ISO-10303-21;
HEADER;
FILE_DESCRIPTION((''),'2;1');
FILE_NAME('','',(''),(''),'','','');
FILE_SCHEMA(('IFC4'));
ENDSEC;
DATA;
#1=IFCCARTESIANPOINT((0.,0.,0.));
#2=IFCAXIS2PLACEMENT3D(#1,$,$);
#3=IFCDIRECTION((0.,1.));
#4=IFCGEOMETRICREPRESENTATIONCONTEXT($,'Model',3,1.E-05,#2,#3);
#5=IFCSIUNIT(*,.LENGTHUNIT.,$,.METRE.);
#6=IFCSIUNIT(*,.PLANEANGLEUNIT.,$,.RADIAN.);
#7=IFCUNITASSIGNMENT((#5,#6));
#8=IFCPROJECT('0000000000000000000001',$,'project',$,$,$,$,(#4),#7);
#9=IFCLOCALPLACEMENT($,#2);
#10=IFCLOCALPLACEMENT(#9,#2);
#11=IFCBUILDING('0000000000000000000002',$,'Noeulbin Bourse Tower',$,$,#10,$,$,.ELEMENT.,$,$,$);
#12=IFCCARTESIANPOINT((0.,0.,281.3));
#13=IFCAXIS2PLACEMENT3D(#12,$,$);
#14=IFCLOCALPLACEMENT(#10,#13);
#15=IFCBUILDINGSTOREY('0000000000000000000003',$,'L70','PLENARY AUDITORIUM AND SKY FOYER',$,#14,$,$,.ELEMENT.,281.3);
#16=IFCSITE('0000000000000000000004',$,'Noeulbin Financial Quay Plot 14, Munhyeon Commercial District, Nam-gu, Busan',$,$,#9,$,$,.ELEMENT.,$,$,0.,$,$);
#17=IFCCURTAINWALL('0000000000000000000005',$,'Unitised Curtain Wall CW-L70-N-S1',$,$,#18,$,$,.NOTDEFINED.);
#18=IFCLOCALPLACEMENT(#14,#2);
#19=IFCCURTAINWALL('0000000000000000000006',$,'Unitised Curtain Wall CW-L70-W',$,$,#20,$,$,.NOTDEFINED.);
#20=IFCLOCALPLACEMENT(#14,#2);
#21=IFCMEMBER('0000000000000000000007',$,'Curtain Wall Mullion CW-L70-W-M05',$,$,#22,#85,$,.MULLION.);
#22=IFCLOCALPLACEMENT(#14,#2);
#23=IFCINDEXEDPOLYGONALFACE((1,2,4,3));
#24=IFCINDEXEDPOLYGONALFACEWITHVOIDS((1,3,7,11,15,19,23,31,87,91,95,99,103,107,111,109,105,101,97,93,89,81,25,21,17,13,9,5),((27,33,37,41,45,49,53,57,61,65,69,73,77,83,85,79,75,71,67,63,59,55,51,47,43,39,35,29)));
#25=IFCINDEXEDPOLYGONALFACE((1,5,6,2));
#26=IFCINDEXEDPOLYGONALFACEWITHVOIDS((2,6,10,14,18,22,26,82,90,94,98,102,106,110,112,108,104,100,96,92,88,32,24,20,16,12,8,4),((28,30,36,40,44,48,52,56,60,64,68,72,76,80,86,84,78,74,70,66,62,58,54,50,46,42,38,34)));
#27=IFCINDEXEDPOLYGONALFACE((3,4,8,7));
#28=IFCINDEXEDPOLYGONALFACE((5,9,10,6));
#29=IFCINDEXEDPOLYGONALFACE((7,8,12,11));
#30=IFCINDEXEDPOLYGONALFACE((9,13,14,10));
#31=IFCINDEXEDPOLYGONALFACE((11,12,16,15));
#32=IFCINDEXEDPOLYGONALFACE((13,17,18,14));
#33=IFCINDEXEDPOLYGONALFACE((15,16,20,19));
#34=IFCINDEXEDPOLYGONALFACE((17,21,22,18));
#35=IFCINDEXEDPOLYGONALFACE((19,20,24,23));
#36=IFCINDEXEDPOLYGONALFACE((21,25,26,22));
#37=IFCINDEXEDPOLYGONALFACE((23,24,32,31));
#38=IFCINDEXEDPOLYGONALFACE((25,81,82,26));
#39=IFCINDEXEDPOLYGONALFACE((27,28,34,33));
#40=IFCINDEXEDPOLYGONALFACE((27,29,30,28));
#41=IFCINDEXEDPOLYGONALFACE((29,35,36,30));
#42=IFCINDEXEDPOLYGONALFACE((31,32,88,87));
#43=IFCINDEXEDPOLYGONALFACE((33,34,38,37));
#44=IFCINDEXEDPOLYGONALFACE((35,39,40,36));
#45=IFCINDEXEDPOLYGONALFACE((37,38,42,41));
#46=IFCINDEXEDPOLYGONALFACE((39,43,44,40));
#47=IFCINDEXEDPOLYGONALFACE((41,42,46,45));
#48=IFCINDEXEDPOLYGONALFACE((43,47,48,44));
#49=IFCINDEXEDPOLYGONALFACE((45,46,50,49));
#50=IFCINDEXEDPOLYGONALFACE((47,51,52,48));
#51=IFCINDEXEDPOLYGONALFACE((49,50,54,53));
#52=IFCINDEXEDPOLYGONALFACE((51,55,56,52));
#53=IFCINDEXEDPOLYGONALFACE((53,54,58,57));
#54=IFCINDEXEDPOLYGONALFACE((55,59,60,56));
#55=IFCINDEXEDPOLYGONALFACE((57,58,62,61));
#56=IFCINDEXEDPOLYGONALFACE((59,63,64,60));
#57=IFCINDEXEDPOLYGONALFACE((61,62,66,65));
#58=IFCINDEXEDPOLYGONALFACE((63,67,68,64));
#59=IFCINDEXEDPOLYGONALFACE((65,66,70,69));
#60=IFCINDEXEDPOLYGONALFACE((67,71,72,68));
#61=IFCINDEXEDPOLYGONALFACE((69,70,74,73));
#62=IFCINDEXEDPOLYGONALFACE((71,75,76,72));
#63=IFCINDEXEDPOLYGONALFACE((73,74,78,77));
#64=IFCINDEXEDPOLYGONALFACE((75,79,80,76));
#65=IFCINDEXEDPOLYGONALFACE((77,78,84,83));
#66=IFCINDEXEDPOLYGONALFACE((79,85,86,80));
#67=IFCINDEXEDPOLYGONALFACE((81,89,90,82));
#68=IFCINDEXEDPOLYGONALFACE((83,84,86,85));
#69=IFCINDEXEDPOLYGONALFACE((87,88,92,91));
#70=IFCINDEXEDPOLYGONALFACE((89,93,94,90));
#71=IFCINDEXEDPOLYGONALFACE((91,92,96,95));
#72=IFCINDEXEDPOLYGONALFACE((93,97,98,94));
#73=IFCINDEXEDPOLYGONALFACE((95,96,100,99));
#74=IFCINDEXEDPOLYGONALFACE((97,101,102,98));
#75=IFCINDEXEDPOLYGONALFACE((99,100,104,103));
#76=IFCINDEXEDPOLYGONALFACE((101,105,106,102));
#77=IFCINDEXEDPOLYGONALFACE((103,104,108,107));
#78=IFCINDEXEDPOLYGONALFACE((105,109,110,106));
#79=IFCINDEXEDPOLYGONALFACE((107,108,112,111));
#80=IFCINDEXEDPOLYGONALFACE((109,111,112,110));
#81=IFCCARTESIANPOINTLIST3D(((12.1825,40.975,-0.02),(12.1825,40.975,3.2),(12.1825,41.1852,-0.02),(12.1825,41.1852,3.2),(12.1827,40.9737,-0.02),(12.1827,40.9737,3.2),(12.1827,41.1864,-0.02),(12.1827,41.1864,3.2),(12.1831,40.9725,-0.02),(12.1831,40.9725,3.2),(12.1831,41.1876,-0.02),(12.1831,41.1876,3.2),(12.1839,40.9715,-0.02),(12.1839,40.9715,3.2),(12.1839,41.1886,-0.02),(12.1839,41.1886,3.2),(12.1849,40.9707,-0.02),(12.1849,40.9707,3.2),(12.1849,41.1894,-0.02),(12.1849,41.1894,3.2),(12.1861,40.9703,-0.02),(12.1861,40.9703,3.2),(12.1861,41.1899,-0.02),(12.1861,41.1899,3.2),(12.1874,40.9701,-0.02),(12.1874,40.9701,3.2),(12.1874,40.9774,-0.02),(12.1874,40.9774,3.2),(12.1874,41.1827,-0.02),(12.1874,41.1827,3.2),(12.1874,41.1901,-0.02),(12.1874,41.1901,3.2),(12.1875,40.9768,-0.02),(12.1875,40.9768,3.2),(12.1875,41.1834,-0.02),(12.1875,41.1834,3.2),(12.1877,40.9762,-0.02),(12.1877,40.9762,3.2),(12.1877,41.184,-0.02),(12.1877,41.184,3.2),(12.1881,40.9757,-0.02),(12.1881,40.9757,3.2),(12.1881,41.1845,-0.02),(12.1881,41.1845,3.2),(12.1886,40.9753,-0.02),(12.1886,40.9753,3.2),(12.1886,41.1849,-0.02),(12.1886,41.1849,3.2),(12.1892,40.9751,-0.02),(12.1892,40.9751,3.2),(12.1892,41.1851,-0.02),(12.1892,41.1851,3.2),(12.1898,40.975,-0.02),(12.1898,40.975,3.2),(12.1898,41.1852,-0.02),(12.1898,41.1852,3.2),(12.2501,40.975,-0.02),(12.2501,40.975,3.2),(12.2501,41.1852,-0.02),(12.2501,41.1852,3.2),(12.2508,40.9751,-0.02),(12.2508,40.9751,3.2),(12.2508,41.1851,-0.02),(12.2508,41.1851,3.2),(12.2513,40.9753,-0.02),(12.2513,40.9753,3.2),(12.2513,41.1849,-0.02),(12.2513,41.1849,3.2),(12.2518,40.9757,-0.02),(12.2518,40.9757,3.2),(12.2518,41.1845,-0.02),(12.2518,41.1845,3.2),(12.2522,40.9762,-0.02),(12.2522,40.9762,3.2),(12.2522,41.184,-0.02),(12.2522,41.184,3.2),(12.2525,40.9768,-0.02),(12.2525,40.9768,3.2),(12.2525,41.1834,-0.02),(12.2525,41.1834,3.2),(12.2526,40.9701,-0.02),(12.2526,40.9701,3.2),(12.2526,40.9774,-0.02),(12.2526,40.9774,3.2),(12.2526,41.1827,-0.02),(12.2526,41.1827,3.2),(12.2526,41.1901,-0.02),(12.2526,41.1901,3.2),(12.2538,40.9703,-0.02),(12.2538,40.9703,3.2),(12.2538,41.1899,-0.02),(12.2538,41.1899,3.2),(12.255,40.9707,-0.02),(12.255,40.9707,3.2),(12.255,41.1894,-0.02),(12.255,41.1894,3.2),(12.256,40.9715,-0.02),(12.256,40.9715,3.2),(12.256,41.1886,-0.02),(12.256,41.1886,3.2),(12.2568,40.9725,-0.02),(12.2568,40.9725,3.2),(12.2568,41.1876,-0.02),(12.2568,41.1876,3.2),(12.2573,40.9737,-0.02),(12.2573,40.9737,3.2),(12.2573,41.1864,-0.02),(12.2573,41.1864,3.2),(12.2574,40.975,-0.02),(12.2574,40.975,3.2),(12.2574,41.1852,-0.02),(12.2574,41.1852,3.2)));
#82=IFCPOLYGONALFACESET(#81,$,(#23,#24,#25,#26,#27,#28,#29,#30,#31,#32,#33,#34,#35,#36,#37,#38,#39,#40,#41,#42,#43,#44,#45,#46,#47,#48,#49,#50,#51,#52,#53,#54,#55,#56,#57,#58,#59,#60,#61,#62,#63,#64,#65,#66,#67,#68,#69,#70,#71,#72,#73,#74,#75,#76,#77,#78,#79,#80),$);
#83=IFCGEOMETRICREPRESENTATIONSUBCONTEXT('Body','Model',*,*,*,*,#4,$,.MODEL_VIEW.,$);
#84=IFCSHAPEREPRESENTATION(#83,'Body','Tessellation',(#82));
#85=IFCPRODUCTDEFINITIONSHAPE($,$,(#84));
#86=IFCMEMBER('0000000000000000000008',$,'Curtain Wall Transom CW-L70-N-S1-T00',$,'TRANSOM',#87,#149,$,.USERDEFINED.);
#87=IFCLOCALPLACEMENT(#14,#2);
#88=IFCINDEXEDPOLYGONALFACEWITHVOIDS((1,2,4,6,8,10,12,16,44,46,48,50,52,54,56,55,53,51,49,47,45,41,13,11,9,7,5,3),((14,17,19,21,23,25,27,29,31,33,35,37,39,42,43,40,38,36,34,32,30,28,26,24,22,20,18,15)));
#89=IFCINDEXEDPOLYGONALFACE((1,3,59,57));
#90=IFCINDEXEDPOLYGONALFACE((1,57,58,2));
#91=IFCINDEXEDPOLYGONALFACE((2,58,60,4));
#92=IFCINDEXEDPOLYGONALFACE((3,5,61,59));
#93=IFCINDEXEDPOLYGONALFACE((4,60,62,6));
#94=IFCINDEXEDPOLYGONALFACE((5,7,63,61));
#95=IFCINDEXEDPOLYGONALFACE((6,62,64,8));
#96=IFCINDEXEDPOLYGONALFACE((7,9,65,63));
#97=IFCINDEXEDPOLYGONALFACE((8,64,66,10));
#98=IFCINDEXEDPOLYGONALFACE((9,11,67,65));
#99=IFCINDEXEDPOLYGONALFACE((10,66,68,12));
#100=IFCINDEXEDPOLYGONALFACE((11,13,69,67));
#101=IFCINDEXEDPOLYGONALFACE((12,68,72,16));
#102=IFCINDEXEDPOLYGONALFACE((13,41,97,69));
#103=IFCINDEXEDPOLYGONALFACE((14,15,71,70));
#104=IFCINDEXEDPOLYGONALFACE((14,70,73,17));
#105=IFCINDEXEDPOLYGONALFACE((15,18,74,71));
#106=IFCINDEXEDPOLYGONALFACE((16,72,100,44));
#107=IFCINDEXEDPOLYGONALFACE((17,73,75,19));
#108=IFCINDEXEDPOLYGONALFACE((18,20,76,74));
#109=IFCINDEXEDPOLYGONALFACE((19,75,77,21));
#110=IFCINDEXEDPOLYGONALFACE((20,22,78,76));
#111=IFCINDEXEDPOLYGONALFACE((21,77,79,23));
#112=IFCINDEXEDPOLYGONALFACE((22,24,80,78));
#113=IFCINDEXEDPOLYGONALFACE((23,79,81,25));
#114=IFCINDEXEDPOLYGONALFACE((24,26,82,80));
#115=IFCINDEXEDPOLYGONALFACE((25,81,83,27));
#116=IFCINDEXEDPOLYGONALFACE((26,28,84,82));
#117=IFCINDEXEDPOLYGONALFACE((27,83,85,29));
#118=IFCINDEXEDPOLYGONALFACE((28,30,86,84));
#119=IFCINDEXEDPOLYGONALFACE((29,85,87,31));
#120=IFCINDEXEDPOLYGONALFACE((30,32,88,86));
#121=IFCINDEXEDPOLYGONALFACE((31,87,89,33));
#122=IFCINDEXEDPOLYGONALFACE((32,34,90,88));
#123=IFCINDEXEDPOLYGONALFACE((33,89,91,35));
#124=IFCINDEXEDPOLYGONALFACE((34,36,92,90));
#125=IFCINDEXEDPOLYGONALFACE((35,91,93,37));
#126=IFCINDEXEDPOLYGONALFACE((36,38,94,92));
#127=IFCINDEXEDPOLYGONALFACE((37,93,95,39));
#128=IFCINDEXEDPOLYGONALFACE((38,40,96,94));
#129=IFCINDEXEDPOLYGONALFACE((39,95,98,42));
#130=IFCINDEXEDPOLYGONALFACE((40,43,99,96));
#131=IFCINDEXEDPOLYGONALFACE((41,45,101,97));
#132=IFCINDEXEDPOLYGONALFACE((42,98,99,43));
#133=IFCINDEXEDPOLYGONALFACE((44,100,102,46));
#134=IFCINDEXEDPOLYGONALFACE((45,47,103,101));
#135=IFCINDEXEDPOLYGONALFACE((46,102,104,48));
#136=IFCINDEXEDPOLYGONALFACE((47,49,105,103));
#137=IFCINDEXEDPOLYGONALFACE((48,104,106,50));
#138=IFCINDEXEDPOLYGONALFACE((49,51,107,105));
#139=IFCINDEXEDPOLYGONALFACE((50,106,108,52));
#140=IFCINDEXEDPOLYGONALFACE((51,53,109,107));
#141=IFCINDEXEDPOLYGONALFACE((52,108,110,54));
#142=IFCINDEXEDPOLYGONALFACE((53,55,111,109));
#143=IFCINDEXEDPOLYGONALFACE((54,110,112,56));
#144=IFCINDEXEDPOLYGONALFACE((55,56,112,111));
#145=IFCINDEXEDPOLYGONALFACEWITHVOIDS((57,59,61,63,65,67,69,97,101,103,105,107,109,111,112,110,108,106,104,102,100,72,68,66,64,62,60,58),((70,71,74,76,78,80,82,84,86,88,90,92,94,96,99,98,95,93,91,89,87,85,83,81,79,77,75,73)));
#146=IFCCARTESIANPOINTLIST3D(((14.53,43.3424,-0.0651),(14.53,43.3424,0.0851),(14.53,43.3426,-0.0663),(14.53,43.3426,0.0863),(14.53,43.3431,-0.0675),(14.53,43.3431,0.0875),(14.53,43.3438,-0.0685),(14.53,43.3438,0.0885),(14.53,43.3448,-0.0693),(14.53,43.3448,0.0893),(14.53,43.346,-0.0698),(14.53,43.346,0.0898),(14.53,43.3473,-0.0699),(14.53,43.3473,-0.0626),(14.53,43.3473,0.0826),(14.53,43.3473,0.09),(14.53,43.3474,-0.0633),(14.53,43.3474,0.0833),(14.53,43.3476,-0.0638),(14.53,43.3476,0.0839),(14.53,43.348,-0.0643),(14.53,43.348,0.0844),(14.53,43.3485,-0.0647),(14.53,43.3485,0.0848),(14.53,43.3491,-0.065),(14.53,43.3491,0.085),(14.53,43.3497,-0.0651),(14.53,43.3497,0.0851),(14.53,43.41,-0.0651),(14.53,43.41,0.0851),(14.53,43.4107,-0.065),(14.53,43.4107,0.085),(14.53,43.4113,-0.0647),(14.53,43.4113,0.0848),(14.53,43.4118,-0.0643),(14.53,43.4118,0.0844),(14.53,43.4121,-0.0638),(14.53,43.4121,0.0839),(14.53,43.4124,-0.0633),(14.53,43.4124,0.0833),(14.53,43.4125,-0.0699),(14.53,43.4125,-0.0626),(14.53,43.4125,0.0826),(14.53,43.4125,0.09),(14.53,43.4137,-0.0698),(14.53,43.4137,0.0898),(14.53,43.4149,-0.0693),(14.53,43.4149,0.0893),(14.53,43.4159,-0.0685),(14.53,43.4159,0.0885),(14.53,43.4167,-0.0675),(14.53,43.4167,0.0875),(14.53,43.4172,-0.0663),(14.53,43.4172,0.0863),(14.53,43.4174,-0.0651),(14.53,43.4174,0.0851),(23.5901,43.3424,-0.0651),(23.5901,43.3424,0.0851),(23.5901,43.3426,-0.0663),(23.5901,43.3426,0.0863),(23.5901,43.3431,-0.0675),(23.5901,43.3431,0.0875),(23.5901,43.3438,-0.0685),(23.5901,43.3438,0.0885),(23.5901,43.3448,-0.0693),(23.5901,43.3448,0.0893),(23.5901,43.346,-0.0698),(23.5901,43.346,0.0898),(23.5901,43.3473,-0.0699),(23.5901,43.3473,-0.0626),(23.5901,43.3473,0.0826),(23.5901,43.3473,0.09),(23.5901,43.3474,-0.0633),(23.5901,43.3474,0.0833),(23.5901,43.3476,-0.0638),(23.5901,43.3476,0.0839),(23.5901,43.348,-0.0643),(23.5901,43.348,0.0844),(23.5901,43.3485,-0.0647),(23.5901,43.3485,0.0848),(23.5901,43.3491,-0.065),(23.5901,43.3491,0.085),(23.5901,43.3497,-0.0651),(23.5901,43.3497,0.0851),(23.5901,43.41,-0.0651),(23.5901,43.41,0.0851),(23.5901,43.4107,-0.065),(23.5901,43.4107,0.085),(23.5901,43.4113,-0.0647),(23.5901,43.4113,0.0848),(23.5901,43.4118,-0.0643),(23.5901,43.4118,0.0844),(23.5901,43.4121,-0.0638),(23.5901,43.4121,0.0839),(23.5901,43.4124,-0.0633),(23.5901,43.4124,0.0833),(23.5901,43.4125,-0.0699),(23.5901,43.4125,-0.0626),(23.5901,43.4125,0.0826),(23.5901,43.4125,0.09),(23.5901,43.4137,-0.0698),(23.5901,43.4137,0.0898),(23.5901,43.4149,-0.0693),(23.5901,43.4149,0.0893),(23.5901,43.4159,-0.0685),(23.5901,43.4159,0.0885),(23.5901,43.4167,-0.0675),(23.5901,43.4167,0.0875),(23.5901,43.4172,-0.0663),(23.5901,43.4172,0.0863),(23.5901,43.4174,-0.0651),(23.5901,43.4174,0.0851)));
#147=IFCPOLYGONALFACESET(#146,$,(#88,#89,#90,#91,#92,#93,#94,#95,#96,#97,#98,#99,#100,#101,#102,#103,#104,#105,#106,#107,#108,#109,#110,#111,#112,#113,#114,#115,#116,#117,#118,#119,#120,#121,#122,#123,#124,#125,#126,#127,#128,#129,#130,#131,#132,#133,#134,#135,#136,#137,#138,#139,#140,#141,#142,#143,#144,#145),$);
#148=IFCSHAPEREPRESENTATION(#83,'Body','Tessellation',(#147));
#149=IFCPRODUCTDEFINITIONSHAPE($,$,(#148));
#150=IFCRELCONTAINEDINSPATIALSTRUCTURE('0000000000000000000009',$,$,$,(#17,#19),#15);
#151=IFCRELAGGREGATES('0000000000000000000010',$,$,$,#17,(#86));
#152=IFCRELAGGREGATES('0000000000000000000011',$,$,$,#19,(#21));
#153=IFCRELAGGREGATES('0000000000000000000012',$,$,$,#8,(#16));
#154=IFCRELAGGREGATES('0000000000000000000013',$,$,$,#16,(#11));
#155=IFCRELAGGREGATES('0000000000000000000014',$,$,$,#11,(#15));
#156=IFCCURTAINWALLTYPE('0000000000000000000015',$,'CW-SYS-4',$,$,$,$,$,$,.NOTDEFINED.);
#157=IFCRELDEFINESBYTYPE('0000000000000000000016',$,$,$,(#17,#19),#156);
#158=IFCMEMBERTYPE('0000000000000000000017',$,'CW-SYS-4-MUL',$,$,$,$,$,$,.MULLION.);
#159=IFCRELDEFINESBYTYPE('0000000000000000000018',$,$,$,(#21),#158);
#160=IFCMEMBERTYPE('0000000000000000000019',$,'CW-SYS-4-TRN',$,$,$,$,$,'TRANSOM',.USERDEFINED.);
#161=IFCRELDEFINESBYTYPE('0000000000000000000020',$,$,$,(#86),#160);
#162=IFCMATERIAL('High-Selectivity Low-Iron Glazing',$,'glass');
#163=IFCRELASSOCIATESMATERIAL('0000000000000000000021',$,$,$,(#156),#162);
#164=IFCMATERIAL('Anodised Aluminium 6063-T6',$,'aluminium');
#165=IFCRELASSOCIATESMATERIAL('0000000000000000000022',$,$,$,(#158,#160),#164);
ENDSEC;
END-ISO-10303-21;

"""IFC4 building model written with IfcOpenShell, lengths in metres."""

from ifc_helpers import new_model, si_unit, direction, frame, origin, origin_2d, place, context, subcontext, project, spatial, hollow_rectangle, extrude, material, material_profile, profile_set, type_object, element, aggregate, save


model = new_model("IFC4")

# Units and contexts
model_context = context("Model", 3, precision=1e-05, world=origin(), true_north=direction((0.0, 1.0)))
body_context = subcontext(model_context, "Body", "Model", "MODEL_VIEW")
ifc_project = project(units=[si_unit("LENGTHUNIT", "METRE"), si_unit("PLANEANGLEUNIT", "RADIAN")], contexts=[model_context])

# Site, building, storey
site_placement = place(None, origin())
site = spatial("IfcSite", under=ifc_project, at=site_placement, Name="Noeulbin Financial Quay Plot 14, Munhyeon Commercial District, Nam-gu, Busan", CompositionType="ELEMENT", RefElevation=0.0)
building_placement = place(site_placement, origin())
building = spatial("IfcBuilding", under=site, at=building_placement, Name="Noeulbin Bourse Tower", CompositionType="ELEMENT")
storey_placement = place(building_placement, frame((0.0, 0.0, 281.3)))
storey = spatial("IfcBuildingStorey", under=building, at=storey_placement, Name="L70", Description="PLENARY AUDITORIUM AND SKY FOYER", CompositionType="ELEMENT", Elevation=281.3)

# Curtain wall
ifc_material_1 = material(Name="High-Selectivity Low-Iron Glazing", Category="glass")
curtain_wall_type = type_object("IfcCurtainWallType", Name="CW-SYS-4", PredefinedType="NOTDEFINED", material=ifc_material_1)
curtain_wall_1_placement = place(storey_placement, origin())
curtain_wall_1 = element("IfcCurtainWall", 1, at=curtain_wall_1_placement, inside=storey, type_object=curtain_wall_type, Name="Unitised Curtain Wall CW-L70-N-S1", PredefinedType="NOTDEFINED")
ifc_material_2 = material(Name="Anodised Aluminium 6063-T6", Category="aluminium")
ifc_material_profile_1 = material_profile(ifc_material_2, hollow_rectangle(XDim=0.075, YDim=0.22, WallThickness=0.0049, InnerFilletRadius=0.0024, OuterFilletRadius=0.0049, at=origin_2d()), Name="ALU-MULL-75x220x5", Category="LoadBearing")
ifc_profile_set_1 = profile_set([ifc_material_profile_1], Name="Anodised Aluminium 6063-T6")
member_type_1 = type_object("IfcMemberType", Name="CW-SYS-4-MUL", PredefinedType="MULLION", material=ifc_profile_set_1)

# Curtain wall, member
curtain_wall_2_placement = place(storey_placement, origin())
curtain_wall_2 = element("IfcCurtainWall", 2, at=curtain_wall_2_placement, inside=storey, type_object=curtain_wall_type, Name="Unitised Curtain Wall CW-L70-W", PredefinedType="NOTDEFINED")
member_1_placement = place(storey_placement, frame((12.22, 41.0801, -0.02), z_axis=(0.0, 0.0, 1.0), x_axis=(1.0, 0.0, 0.0)))
member_1 = element("IfcMember", 3, at=member_1_placement, type_object=member_type_1, Name="Curtain Wall Mullion CW-L70-W-M05", PredefinedType="MULLION", context=body_context, shape_type="SweptSolid", body=[
    extrude(hollow_rectangle(XDim=0.075, YDim=0.22, WallThickness=0.0049, InnerFilletRadius=0.0024, OuterFilletRadius=0.0049, at=origin_2d()), origin(), (0.0, 0.0, 1.0), 3.22),
])

# Member
ifc_material_profile_2 = material_profile(ifc_material_2, hollow_rectangle(XDim=0.075, YDim=0.1599, WallThickness=0.0049, InnerFilletRadius=0.0024, OuterFilletRadius=0.0049, at=origin_2d()), Name="ALU-TRAN-75x160x5", Category="LoadBearing")
ifc_profile_set_2 = profile_set([ifc_material_profile_2], Name="Anodised Aluminium 6063-T6")
member_type_2 = type_object("IfcMemberType", Name="CW-SYS-4-TRN", ElementType="TRANSOM", PredefinedType="USERDEFINED", material=ifc_profile_set_2)
member_2_placement = place(storey_placement, frame((14.53, 43.3799, 0.01), z_axis=(1.0, 0.0, 0.0), x_axis=(0.0, 1.0, 0.0)))
member_2 = element("IfcMember", 4, at=member_2_placement, type_object=member_type_2, Name="Curtain Wall Transom CW-L70-N-S1-T00", ObjectType="TRANSOM", PredefinedType="USERDEFINED", context=body_context, shape_type="SweptSolid", body=[
    extrude(hollow_rectangle(XDim=0.075, YDim=0.1599, WallThickness=0.0049, InnerFilletRadius=0.0024, OuterFilletRadius=0.0049, at=origin_2d()), origin(), (0.0, 0.0, 1.0), 9.0601),
])

aggregate(curtain_wall_1, [member_2])
aggregate(curtain_wall_2, [member_1])

save(model, "model.ifc")
